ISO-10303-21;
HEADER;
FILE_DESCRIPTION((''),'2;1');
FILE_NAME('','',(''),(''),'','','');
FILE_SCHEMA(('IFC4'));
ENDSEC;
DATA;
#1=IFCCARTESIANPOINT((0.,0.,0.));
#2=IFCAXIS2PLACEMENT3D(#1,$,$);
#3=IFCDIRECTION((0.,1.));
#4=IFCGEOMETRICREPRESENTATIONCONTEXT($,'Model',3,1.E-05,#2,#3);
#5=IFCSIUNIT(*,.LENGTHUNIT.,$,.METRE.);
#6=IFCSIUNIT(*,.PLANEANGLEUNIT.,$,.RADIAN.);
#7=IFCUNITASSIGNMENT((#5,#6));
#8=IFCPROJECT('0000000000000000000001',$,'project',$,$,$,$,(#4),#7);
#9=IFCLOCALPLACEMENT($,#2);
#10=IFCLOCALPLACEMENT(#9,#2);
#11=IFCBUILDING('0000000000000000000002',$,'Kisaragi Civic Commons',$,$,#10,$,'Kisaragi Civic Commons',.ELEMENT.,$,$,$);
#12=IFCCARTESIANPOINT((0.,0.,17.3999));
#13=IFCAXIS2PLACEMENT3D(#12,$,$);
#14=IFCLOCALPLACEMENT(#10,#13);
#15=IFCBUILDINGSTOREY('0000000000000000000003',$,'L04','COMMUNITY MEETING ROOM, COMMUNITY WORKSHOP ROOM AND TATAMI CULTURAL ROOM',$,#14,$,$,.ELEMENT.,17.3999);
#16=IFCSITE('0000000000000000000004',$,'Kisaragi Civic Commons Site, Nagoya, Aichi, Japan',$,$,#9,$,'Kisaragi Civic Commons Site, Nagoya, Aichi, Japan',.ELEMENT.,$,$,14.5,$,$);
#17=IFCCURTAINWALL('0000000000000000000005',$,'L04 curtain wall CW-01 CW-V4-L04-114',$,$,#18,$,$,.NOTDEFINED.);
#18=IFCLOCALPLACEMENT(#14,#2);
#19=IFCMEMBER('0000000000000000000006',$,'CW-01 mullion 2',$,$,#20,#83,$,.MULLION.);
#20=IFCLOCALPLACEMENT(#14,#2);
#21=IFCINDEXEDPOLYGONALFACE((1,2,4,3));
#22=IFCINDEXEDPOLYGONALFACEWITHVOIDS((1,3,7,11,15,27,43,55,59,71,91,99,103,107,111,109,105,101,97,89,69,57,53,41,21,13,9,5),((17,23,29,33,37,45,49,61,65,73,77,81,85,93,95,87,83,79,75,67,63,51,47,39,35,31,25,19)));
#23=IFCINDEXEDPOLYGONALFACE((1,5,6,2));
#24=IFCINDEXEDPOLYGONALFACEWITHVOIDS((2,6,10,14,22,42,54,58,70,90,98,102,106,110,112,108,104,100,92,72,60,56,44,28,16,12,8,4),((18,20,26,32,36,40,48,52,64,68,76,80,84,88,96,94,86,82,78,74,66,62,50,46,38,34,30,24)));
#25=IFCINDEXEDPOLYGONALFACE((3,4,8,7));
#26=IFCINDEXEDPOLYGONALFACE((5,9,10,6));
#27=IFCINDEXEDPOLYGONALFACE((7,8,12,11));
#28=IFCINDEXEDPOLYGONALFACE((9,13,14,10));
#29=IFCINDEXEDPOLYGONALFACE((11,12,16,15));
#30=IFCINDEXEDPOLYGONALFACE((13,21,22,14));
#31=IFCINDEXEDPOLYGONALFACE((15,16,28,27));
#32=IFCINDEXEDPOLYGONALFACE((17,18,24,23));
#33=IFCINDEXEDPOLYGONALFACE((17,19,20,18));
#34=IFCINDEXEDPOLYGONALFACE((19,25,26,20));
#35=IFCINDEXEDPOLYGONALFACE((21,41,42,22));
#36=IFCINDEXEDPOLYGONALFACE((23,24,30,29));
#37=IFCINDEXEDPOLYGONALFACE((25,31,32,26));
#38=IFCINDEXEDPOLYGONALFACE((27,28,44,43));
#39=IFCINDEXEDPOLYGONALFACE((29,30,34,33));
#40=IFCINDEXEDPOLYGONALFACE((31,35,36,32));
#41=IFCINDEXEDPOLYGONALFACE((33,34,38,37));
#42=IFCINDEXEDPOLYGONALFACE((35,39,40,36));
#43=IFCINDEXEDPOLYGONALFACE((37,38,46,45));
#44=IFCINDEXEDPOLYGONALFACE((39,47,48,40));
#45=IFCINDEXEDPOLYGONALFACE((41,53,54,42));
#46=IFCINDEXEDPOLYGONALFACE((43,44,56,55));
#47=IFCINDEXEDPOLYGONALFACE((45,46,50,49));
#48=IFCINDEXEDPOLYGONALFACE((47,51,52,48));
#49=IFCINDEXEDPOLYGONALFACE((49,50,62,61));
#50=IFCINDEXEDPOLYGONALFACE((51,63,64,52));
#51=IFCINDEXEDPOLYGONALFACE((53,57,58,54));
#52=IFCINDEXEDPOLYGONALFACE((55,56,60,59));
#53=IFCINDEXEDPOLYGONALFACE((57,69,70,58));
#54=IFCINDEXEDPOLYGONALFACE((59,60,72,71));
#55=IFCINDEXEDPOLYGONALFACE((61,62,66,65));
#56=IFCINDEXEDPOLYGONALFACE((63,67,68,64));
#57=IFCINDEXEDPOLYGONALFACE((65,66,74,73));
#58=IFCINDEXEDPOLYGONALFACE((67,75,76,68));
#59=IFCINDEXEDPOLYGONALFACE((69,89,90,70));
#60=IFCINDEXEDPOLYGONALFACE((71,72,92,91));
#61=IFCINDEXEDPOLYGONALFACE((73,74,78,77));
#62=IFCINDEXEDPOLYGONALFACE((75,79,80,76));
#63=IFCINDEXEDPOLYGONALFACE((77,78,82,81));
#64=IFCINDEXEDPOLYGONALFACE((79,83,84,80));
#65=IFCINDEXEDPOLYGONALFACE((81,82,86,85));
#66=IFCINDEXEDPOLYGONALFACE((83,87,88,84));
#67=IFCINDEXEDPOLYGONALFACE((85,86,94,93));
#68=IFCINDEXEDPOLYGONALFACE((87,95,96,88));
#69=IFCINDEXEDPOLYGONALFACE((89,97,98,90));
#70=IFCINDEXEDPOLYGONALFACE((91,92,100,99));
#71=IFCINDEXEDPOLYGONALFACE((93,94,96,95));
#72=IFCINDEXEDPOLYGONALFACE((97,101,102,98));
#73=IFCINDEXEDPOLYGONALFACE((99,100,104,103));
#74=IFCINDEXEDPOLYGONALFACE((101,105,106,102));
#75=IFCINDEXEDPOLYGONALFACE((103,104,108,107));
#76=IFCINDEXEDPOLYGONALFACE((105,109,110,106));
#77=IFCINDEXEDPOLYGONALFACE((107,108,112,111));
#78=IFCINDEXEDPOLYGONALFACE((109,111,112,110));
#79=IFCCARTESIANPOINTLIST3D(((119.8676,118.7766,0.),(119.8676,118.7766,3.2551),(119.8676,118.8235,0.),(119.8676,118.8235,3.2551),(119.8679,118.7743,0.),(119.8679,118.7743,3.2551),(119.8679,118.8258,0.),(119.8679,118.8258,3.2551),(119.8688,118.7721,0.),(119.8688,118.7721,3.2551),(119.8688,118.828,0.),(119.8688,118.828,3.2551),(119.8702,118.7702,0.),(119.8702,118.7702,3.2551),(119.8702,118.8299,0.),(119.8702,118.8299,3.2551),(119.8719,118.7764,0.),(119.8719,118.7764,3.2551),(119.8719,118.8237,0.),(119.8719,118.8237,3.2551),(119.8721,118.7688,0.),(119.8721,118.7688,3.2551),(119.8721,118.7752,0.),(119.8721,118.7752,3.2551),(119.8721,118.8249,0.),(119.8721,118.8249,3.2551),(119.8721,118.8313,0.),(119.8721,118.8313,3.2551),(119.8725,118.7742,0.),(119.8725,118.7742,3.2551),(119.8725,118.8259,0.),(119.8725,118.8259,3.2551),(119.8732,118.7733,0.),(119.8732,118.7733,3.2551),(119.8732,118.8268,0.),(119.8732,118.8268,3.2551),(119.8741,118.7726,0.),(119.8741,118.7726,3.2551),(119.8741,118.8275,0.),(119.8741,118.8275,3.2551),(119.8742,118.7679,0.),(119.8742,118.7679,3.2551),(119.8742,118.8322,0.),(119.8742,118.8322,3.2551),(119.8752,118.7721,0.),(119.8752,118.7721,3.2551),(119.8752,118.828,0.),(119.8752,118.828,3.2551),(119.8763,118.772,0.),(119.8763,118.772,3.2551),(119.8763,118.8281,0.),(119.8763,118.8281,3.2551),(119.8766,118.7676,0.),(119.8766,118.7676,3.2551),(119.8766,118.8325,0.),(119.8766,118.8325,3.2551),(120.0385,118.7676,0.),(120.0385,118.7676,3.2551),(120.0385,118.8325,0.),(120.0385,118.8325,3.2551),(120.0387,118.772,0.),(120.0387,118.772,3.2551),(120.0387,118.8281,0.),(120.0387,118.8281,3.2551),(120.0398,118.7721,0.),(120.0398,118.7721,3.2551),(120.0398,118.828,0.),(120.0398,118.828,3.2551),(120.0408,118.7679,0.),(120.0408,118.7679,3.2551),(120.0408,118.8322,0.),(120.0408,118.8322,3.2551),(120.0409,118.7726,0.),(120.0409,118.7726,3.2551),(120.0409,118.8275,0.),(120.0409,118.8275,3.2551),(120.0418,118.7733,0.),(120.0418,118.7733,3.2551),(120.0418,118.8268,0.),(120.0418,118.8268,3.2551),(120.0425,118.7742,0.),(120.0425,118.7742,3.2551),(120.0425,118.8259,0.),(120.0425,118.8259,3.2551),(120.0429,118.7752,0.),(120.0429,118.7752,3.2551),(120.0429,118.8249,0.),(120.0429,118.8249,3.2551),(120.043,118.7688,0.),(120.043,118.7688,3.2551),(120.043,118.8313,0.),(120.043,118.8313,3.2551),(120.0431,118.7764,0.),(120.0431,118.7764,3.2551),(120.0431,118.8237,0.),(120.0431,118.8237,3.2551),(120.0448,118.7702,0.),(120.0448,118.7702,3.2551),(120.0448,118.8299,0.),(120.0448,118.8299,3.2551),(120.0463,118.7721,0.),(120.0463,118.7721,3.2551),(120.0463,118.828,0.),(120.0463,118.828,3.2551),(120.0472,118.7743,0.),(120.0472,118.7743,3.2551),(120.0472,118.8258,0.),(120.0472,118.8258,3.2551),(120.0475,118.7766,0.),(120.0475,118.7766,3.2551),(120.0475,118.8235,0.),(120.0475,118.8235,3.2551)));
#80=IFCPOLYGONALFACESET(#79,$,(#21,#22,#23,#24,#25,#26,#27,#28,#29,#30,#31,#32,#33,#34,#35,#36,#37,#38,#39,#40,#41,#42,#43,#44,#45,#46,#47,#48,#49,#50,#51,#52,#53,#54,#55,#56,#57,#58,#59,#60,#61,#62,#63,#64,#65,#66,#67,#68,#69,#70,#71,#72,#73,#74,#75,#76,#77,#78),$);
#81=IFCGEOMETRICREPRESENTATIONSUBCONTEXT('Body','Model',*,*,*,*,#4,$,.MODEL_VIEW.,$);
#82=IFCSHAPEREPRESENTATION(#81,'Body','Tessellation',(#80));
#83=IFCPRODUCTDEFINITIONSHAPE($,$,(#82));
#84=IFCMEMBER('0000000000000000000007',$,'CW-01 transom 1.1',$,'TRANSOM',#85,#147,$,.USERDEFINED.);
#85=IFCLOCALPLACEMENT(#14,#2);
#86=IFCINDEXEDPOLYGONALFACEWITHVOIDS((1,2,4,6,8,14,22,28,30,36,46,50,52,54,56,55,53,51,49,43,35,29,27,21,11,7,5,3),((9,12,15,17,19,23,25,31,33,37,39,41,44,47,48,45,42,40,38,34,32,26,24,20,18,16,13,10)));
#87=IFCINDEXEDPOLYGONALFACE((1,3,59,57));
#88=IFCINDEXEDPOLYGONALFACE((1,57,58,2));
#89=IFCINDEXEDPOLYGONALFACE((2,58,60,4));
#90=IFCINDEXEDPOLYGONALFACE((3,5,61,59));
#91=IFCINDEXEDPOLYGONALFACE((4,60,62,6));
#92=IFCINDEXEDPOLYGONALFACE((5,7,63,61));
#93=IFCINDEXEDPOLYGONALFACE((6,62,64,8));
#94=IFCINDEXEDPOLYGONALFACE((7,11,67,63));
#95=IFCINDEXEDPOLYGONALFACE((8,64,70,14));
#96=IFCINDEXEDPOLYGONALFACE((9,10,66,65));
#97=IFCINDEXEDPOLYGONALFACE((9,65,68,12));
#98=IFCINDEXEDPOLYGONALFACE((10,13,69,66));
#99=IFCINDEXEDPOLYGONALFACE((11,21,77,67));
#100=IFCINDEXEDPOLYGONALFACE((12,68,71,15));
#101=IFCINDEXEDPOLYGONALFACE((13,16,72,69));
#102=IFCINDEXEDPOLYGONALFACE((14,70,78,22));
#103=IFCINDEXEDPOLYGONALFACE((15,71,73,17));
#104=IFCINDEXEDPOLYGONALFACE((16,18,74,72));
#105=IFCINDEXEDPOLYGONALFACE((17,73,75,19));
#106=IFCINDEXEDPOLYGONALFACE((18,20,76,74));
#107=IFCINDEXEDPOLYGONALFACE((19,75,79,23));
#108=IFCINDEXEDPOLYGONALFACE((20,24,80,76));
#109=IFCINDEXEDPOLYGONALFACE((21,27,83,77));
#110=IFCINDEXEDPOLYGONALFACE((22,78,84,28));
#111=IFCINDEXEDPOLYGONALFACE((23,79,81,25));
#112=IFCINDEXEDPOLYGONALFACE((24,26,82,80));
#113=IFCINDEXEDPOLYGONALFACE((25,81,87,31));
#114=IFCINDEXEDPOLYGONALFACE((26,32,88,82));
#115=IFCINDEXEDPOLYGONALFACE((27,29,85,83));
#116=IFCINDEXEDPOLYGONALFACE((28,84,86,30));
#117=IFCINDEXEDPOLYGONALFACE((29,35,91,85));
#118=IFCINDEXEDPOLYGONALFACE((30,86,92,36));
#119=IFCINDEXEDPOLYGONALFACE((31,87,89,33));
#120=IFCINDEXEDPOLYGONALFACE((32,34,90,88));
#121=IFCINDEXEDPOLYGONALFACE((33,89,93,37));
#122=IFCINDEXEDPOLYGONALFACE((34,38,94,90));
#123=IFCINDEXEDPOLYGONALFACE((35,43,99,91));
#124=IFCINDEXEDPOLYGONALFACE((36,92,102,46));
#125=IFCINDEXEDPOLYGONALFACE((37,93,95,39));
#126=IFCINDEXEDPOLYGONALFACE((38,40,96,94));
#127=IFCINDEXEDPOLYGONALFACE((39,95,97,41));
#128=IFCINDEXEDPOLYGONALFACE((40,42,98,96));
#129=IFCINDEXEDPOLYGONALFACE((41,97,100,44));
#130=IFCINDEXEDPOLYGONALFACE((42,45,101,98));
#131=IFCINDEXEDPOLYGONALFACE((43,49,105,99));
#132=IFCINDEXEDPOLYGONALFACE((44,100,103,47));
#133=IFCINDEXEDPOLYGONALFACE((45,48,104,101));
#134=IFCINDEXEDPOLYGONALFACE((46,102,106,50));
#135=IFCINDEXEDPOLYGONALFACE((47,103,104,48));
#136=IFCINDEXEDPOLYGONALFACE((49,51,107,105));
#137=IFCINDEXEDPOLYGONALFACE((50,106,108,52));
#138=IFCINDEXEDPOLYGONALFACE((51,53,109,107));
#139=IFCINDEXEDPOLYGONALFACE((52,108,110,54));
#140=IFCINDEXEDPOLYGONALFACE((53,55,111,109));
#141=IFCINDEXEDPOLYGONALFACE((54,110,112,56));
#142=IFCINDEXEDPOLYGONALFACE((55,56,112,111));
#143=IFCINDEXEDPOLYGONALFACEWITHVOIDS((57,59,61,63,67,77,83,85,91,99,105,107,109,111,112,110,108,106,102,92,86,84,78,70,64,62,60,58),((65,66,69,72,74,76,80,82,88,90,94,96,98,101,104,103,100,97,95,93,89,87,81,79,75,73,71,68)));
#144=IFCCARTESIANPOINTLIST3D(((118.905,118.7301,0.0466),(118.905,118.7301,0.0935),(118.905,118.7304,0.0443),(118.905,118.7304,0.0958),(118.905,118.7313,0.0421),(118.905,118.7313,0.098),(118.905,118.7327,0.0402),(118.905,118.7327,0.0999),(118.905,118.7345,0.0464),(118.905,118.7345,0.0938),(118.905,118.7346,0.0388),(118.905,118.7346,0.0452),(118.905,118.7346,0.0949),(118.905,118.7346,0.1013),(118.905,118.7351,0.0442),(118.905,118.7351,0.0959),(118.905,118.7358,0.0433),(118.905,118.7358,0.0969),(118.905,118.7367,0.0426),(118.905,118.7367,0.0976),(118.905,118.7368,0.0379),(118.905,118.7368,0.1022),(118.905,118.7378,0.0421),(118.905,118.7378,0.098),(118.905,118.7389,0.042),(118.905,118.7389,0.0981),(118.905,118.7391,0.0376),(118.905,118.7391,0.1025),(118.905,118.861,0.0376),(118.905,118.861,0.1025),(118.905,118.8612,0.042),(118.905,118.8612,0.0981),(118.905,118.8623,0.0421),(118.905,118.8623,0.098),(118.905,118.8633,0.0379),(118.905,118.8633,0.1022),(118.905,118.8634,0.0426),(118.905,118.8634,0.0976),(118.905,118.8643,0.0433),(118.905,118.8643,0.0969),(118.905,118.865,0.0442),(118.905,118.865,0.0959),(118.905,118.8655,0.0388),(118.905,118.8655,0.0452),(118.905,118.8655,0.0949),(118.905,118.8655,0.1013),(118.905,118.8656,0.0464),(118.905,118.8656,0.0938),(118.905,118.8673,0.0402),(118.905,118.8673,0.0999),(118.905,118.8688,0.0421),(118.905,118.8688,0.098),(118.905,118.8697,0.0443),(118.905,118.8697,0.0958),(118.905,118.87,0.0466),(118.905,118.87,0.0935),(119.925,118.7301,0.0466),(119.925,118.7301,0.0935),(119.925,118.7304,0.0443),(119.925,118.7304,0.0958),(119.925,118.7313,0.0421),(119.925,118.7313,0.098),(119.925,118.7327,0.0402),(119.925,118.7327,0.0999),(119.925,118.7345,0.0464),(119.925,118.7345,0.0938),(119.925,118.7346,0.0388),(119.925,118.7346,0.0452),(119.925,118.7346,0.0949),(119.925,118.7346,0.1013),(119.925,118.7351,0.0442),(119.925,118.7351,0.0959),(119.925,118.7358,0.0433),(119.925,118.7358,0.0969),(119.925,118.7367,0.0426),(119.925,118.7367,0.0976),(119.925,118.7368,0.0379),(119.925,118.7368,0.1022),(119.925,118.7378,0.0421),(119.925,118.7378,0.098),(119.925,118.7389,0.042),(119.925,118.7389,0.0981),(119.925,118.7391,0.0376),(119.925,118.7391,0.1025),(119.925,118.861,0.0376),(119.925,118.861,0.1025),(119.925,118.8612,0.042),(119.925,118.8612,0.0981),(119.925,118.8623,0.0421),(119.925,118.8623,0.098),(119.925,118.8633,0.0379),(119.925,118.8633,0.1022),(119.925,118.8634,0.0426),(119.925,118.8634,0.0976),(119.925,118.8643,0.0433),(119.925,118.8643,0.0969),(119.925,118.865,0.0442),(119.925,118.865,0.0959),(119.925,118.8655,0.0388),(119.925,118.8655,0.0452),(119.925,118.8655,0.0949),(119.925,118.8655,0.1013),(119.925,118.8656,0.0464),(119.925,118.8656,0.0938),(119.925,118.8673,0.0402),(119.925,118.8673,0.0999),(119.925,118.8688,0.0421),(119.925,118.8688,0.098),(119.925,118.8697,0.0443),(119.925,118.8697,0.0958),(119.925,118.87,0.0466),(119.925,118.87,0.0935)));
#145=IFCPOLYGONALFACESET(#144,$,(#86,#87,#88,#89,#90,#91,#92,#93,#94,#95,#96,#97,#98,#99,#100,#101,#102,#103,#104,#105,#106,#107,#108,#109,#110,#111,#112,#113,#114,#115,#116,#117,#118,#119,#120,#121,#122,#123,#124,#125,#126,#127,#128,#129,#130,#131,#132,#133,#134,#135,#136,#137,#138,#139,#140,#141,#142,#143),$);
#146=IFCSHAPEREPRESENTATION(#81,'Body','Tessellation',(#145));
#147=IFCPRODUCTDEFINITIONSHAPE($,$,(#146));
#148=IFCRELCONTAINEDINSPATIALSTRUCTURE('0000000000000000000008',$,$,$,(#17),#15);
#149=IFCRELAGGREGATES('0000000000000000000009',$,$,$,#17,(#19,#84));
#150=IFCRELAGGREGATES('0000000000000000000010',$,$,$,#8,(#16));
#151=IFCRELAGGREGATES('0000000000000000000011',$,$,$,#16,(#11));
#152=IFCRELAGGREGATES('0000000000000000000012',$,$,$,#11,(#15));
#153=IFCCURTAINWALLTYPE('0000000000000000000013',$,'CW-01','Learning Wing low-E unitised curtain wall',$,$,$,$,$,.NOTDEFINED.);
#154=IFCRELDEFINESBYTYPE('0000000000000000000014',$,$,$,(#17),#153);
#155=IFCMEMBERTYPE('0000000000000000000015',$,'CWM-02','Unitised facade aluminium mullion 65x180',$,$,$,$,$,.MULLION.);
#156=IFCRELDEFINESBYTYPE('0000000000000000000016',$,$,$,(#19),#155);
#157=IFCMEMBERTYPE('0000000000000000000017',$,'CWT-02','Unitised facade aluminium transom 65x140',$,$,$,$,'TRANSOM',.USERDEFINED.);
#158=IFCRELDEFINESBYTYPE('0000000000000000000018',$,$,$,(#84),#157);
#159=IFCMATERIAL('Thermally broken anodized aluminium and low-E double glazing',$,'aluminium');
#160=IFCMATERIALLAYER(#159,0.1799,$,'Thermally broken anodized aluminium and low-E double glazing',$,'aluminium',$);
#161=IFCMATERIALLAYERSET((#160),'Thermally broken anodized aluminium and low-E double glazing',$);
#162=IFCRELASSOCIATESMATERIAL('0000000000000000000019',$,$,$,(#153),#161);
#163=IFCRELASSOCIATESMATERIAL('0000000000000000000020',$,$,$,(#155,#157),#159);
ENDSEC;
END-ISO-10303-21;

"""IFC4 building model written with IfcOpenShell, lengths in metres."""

from ifc_helpers import new_model, si_unit, direction, frame, origin, origin_2d, place, context, subcontext, project, spatial, hollow_rectangle, extrude, material, layer, layer_set, material_profile, profile_set, type_object, element, aggregate, save


model = new_model("IFC4")

# Units and contexts
model_context = context("Model", 3, precision=1e-05, world=origin(), true_north=direction((0.0, 1.0)))
body_context = subcontext(model_context, "Body", "Model", "MODEL_VIEW")
ifc_project = project(units=[si_unit("LENGTHUNIT", "METRE"), si_unit("PLANEANGLEUNIT", "RADIAN")], contexts=[model_context])

# Site, building, storey
site_placement = place(None, origin())
site = spatial("IfcSite", under=ifc_project, at=site_placement, Name="Kisaragi Civic Commons Site, Nagoya, Aichi, Japan", LongName="Kisaragi Civic Commons Site, Nagoya, Aichi, Japan", CompositionType="ELEMENT", RefElevation=14.5)
building_placement = place(site_placement, origin())
building = spatial("IfcBuilding", under=site, at=building_placement, Name="Kisaragi Civic Commons", LongName="Kisaragi Civic Commons", CompositionType="ELEMENT")
storey_placement = place(building_placement, frame((0.0, 0.0, 17.3999)))
storey = spatial("IfcBuildingStorey", under=building, at=storey_placement, Name="L04", Description="COMMUNITY MEETING ROOM, COMMUNITY WORKSHOP ROOM AND TATAMI CULTURAL ROOM", CompositionType="ELEMENT", Elevation=17.3999)

# Shared definitions
ifc_material_1 = material(Name="Thermally broken anodized aluminium and low-E double glazing", Category="aluminium")
ifc_layer_1 = layer(ifc_material_1, 0.1799, Name="Thermally broken anodized aluminium and low-E double glazing", Category="aluminium")
ifc_layer_set_1 = layer_set([ifc_layer_1], Name="Thermally broken anodized aluminium and low-E double glazing")
curtain_wall_type = type_object("IfcCurtainWallType", Name="CW-01", Description="Learning Wing low-E unitised curtain wall", PredefinedType="NOTDEFINED", material=ifc_layer_set_1)
ifc_material_profile_1 = material_profile(ifc_material_1, hollow_rectangle(XDim=0.0649, YDim=0.1799, WallThickness=0.0044, InnerFilletRadius=0.0044, OuterFilletRadius=0.009, at=origin_2d()), Name="CWM-65x180x4.5", Category="aluminium")
ifc_profile_set_1 = profile_set([ifc_material_profile_1], Name="Thermally broken anodized aluminium and low-E double glazing")
member_type_1 = type_object("IfcMemberType", Name="CWM-02", Description="Unitised facade aluminium mullion 65x180", PredefinedType="MULLION", material=ifc_profile_set_1)

# Curtain wall, members
curtain_wall_1_placement = place(storey_placement, origin())
curtain_wall_1 = element("IfcCurtainWall", 1, at=curtain_wall_1_placement, inside=storey, type_object=curtain_wall_type, Name="L04 curtain wall CW-01 CW-V4-L04-114", PredefinedType="NOTDEFINED")
member_1_placement = place(storey_placement, frame((119.9575, 118.8, 0.0), z_axis=(0.0, 0.0, 1.0), x_axis=(0.0, 1.0, 0.0)))
member_1 = element("IfcMember", 2, at=member_1_placement, type_object=member_type_1, Name="CW-01 mullion 2", PredefinedType="MULLION", context=body_context, shape_type="SweptSolid", body=[
    extrude(hollow_rectangle(XDim=0.0649, YDim=0.1799, WallThickness=0.0044, InnerFilletRadius=0.0044, OuterFilletRadius=0.009, at=origin_2d()), origin(), (0.0, 0.0, 1.0), 3.2551),
])
ifc_material_profile_2 = material_profile(ifc_material_1, hollow_rectangle(XDim=0.1399, YDim=0.0649, WallThickness=0.0044, InnerFilletRadius=0.0044, OuterFilletRadius=0.009, at=origin_2d()), Name="CWT-65x140x4.5", Category="aluminium")
ifc_profile_set_2 = profile_set([ifc_material_profile_2], Name="Thermally broken anodized aluminium and low-E double glazing")
member_type_2 = type_object("IfcMemberType", Name="CWT-02", Description="Unitised facade aluminium transom 65x140", ElementType="TRANSOM", PredefinedType="USERDEFINED", material=ifc_profile_set_2)
member_2_placement = place(storey_placement, frame((118.905, 118.8, 0.0701), z_axis=(1.0, 0.0, 0.0), x_axis=(0.0, 1.0, 0.0)))
member_2 = element("IfcMember", 3, at=member_2_placement, type_object=member_type_2, Name="CW-01 transom 1.1", ObjectType="TRANSOM", PredefinedType="USERDEFINED", context=body_context, shape_type="SweptSolid", body=[
    extrude(hollow_rectangle(XDim=0.1399, YDim=0.0649, WallThickness=0.0044, InnerFilletRadius=0.0044, OuterFilletRadius=0.009, at=origin_2d()), origin(), (0.0, 0.0, 1.0), 1.02),
])
aggregate(curtain_wall_1, [member_1, member_2])

save(model, "model.ifc")
